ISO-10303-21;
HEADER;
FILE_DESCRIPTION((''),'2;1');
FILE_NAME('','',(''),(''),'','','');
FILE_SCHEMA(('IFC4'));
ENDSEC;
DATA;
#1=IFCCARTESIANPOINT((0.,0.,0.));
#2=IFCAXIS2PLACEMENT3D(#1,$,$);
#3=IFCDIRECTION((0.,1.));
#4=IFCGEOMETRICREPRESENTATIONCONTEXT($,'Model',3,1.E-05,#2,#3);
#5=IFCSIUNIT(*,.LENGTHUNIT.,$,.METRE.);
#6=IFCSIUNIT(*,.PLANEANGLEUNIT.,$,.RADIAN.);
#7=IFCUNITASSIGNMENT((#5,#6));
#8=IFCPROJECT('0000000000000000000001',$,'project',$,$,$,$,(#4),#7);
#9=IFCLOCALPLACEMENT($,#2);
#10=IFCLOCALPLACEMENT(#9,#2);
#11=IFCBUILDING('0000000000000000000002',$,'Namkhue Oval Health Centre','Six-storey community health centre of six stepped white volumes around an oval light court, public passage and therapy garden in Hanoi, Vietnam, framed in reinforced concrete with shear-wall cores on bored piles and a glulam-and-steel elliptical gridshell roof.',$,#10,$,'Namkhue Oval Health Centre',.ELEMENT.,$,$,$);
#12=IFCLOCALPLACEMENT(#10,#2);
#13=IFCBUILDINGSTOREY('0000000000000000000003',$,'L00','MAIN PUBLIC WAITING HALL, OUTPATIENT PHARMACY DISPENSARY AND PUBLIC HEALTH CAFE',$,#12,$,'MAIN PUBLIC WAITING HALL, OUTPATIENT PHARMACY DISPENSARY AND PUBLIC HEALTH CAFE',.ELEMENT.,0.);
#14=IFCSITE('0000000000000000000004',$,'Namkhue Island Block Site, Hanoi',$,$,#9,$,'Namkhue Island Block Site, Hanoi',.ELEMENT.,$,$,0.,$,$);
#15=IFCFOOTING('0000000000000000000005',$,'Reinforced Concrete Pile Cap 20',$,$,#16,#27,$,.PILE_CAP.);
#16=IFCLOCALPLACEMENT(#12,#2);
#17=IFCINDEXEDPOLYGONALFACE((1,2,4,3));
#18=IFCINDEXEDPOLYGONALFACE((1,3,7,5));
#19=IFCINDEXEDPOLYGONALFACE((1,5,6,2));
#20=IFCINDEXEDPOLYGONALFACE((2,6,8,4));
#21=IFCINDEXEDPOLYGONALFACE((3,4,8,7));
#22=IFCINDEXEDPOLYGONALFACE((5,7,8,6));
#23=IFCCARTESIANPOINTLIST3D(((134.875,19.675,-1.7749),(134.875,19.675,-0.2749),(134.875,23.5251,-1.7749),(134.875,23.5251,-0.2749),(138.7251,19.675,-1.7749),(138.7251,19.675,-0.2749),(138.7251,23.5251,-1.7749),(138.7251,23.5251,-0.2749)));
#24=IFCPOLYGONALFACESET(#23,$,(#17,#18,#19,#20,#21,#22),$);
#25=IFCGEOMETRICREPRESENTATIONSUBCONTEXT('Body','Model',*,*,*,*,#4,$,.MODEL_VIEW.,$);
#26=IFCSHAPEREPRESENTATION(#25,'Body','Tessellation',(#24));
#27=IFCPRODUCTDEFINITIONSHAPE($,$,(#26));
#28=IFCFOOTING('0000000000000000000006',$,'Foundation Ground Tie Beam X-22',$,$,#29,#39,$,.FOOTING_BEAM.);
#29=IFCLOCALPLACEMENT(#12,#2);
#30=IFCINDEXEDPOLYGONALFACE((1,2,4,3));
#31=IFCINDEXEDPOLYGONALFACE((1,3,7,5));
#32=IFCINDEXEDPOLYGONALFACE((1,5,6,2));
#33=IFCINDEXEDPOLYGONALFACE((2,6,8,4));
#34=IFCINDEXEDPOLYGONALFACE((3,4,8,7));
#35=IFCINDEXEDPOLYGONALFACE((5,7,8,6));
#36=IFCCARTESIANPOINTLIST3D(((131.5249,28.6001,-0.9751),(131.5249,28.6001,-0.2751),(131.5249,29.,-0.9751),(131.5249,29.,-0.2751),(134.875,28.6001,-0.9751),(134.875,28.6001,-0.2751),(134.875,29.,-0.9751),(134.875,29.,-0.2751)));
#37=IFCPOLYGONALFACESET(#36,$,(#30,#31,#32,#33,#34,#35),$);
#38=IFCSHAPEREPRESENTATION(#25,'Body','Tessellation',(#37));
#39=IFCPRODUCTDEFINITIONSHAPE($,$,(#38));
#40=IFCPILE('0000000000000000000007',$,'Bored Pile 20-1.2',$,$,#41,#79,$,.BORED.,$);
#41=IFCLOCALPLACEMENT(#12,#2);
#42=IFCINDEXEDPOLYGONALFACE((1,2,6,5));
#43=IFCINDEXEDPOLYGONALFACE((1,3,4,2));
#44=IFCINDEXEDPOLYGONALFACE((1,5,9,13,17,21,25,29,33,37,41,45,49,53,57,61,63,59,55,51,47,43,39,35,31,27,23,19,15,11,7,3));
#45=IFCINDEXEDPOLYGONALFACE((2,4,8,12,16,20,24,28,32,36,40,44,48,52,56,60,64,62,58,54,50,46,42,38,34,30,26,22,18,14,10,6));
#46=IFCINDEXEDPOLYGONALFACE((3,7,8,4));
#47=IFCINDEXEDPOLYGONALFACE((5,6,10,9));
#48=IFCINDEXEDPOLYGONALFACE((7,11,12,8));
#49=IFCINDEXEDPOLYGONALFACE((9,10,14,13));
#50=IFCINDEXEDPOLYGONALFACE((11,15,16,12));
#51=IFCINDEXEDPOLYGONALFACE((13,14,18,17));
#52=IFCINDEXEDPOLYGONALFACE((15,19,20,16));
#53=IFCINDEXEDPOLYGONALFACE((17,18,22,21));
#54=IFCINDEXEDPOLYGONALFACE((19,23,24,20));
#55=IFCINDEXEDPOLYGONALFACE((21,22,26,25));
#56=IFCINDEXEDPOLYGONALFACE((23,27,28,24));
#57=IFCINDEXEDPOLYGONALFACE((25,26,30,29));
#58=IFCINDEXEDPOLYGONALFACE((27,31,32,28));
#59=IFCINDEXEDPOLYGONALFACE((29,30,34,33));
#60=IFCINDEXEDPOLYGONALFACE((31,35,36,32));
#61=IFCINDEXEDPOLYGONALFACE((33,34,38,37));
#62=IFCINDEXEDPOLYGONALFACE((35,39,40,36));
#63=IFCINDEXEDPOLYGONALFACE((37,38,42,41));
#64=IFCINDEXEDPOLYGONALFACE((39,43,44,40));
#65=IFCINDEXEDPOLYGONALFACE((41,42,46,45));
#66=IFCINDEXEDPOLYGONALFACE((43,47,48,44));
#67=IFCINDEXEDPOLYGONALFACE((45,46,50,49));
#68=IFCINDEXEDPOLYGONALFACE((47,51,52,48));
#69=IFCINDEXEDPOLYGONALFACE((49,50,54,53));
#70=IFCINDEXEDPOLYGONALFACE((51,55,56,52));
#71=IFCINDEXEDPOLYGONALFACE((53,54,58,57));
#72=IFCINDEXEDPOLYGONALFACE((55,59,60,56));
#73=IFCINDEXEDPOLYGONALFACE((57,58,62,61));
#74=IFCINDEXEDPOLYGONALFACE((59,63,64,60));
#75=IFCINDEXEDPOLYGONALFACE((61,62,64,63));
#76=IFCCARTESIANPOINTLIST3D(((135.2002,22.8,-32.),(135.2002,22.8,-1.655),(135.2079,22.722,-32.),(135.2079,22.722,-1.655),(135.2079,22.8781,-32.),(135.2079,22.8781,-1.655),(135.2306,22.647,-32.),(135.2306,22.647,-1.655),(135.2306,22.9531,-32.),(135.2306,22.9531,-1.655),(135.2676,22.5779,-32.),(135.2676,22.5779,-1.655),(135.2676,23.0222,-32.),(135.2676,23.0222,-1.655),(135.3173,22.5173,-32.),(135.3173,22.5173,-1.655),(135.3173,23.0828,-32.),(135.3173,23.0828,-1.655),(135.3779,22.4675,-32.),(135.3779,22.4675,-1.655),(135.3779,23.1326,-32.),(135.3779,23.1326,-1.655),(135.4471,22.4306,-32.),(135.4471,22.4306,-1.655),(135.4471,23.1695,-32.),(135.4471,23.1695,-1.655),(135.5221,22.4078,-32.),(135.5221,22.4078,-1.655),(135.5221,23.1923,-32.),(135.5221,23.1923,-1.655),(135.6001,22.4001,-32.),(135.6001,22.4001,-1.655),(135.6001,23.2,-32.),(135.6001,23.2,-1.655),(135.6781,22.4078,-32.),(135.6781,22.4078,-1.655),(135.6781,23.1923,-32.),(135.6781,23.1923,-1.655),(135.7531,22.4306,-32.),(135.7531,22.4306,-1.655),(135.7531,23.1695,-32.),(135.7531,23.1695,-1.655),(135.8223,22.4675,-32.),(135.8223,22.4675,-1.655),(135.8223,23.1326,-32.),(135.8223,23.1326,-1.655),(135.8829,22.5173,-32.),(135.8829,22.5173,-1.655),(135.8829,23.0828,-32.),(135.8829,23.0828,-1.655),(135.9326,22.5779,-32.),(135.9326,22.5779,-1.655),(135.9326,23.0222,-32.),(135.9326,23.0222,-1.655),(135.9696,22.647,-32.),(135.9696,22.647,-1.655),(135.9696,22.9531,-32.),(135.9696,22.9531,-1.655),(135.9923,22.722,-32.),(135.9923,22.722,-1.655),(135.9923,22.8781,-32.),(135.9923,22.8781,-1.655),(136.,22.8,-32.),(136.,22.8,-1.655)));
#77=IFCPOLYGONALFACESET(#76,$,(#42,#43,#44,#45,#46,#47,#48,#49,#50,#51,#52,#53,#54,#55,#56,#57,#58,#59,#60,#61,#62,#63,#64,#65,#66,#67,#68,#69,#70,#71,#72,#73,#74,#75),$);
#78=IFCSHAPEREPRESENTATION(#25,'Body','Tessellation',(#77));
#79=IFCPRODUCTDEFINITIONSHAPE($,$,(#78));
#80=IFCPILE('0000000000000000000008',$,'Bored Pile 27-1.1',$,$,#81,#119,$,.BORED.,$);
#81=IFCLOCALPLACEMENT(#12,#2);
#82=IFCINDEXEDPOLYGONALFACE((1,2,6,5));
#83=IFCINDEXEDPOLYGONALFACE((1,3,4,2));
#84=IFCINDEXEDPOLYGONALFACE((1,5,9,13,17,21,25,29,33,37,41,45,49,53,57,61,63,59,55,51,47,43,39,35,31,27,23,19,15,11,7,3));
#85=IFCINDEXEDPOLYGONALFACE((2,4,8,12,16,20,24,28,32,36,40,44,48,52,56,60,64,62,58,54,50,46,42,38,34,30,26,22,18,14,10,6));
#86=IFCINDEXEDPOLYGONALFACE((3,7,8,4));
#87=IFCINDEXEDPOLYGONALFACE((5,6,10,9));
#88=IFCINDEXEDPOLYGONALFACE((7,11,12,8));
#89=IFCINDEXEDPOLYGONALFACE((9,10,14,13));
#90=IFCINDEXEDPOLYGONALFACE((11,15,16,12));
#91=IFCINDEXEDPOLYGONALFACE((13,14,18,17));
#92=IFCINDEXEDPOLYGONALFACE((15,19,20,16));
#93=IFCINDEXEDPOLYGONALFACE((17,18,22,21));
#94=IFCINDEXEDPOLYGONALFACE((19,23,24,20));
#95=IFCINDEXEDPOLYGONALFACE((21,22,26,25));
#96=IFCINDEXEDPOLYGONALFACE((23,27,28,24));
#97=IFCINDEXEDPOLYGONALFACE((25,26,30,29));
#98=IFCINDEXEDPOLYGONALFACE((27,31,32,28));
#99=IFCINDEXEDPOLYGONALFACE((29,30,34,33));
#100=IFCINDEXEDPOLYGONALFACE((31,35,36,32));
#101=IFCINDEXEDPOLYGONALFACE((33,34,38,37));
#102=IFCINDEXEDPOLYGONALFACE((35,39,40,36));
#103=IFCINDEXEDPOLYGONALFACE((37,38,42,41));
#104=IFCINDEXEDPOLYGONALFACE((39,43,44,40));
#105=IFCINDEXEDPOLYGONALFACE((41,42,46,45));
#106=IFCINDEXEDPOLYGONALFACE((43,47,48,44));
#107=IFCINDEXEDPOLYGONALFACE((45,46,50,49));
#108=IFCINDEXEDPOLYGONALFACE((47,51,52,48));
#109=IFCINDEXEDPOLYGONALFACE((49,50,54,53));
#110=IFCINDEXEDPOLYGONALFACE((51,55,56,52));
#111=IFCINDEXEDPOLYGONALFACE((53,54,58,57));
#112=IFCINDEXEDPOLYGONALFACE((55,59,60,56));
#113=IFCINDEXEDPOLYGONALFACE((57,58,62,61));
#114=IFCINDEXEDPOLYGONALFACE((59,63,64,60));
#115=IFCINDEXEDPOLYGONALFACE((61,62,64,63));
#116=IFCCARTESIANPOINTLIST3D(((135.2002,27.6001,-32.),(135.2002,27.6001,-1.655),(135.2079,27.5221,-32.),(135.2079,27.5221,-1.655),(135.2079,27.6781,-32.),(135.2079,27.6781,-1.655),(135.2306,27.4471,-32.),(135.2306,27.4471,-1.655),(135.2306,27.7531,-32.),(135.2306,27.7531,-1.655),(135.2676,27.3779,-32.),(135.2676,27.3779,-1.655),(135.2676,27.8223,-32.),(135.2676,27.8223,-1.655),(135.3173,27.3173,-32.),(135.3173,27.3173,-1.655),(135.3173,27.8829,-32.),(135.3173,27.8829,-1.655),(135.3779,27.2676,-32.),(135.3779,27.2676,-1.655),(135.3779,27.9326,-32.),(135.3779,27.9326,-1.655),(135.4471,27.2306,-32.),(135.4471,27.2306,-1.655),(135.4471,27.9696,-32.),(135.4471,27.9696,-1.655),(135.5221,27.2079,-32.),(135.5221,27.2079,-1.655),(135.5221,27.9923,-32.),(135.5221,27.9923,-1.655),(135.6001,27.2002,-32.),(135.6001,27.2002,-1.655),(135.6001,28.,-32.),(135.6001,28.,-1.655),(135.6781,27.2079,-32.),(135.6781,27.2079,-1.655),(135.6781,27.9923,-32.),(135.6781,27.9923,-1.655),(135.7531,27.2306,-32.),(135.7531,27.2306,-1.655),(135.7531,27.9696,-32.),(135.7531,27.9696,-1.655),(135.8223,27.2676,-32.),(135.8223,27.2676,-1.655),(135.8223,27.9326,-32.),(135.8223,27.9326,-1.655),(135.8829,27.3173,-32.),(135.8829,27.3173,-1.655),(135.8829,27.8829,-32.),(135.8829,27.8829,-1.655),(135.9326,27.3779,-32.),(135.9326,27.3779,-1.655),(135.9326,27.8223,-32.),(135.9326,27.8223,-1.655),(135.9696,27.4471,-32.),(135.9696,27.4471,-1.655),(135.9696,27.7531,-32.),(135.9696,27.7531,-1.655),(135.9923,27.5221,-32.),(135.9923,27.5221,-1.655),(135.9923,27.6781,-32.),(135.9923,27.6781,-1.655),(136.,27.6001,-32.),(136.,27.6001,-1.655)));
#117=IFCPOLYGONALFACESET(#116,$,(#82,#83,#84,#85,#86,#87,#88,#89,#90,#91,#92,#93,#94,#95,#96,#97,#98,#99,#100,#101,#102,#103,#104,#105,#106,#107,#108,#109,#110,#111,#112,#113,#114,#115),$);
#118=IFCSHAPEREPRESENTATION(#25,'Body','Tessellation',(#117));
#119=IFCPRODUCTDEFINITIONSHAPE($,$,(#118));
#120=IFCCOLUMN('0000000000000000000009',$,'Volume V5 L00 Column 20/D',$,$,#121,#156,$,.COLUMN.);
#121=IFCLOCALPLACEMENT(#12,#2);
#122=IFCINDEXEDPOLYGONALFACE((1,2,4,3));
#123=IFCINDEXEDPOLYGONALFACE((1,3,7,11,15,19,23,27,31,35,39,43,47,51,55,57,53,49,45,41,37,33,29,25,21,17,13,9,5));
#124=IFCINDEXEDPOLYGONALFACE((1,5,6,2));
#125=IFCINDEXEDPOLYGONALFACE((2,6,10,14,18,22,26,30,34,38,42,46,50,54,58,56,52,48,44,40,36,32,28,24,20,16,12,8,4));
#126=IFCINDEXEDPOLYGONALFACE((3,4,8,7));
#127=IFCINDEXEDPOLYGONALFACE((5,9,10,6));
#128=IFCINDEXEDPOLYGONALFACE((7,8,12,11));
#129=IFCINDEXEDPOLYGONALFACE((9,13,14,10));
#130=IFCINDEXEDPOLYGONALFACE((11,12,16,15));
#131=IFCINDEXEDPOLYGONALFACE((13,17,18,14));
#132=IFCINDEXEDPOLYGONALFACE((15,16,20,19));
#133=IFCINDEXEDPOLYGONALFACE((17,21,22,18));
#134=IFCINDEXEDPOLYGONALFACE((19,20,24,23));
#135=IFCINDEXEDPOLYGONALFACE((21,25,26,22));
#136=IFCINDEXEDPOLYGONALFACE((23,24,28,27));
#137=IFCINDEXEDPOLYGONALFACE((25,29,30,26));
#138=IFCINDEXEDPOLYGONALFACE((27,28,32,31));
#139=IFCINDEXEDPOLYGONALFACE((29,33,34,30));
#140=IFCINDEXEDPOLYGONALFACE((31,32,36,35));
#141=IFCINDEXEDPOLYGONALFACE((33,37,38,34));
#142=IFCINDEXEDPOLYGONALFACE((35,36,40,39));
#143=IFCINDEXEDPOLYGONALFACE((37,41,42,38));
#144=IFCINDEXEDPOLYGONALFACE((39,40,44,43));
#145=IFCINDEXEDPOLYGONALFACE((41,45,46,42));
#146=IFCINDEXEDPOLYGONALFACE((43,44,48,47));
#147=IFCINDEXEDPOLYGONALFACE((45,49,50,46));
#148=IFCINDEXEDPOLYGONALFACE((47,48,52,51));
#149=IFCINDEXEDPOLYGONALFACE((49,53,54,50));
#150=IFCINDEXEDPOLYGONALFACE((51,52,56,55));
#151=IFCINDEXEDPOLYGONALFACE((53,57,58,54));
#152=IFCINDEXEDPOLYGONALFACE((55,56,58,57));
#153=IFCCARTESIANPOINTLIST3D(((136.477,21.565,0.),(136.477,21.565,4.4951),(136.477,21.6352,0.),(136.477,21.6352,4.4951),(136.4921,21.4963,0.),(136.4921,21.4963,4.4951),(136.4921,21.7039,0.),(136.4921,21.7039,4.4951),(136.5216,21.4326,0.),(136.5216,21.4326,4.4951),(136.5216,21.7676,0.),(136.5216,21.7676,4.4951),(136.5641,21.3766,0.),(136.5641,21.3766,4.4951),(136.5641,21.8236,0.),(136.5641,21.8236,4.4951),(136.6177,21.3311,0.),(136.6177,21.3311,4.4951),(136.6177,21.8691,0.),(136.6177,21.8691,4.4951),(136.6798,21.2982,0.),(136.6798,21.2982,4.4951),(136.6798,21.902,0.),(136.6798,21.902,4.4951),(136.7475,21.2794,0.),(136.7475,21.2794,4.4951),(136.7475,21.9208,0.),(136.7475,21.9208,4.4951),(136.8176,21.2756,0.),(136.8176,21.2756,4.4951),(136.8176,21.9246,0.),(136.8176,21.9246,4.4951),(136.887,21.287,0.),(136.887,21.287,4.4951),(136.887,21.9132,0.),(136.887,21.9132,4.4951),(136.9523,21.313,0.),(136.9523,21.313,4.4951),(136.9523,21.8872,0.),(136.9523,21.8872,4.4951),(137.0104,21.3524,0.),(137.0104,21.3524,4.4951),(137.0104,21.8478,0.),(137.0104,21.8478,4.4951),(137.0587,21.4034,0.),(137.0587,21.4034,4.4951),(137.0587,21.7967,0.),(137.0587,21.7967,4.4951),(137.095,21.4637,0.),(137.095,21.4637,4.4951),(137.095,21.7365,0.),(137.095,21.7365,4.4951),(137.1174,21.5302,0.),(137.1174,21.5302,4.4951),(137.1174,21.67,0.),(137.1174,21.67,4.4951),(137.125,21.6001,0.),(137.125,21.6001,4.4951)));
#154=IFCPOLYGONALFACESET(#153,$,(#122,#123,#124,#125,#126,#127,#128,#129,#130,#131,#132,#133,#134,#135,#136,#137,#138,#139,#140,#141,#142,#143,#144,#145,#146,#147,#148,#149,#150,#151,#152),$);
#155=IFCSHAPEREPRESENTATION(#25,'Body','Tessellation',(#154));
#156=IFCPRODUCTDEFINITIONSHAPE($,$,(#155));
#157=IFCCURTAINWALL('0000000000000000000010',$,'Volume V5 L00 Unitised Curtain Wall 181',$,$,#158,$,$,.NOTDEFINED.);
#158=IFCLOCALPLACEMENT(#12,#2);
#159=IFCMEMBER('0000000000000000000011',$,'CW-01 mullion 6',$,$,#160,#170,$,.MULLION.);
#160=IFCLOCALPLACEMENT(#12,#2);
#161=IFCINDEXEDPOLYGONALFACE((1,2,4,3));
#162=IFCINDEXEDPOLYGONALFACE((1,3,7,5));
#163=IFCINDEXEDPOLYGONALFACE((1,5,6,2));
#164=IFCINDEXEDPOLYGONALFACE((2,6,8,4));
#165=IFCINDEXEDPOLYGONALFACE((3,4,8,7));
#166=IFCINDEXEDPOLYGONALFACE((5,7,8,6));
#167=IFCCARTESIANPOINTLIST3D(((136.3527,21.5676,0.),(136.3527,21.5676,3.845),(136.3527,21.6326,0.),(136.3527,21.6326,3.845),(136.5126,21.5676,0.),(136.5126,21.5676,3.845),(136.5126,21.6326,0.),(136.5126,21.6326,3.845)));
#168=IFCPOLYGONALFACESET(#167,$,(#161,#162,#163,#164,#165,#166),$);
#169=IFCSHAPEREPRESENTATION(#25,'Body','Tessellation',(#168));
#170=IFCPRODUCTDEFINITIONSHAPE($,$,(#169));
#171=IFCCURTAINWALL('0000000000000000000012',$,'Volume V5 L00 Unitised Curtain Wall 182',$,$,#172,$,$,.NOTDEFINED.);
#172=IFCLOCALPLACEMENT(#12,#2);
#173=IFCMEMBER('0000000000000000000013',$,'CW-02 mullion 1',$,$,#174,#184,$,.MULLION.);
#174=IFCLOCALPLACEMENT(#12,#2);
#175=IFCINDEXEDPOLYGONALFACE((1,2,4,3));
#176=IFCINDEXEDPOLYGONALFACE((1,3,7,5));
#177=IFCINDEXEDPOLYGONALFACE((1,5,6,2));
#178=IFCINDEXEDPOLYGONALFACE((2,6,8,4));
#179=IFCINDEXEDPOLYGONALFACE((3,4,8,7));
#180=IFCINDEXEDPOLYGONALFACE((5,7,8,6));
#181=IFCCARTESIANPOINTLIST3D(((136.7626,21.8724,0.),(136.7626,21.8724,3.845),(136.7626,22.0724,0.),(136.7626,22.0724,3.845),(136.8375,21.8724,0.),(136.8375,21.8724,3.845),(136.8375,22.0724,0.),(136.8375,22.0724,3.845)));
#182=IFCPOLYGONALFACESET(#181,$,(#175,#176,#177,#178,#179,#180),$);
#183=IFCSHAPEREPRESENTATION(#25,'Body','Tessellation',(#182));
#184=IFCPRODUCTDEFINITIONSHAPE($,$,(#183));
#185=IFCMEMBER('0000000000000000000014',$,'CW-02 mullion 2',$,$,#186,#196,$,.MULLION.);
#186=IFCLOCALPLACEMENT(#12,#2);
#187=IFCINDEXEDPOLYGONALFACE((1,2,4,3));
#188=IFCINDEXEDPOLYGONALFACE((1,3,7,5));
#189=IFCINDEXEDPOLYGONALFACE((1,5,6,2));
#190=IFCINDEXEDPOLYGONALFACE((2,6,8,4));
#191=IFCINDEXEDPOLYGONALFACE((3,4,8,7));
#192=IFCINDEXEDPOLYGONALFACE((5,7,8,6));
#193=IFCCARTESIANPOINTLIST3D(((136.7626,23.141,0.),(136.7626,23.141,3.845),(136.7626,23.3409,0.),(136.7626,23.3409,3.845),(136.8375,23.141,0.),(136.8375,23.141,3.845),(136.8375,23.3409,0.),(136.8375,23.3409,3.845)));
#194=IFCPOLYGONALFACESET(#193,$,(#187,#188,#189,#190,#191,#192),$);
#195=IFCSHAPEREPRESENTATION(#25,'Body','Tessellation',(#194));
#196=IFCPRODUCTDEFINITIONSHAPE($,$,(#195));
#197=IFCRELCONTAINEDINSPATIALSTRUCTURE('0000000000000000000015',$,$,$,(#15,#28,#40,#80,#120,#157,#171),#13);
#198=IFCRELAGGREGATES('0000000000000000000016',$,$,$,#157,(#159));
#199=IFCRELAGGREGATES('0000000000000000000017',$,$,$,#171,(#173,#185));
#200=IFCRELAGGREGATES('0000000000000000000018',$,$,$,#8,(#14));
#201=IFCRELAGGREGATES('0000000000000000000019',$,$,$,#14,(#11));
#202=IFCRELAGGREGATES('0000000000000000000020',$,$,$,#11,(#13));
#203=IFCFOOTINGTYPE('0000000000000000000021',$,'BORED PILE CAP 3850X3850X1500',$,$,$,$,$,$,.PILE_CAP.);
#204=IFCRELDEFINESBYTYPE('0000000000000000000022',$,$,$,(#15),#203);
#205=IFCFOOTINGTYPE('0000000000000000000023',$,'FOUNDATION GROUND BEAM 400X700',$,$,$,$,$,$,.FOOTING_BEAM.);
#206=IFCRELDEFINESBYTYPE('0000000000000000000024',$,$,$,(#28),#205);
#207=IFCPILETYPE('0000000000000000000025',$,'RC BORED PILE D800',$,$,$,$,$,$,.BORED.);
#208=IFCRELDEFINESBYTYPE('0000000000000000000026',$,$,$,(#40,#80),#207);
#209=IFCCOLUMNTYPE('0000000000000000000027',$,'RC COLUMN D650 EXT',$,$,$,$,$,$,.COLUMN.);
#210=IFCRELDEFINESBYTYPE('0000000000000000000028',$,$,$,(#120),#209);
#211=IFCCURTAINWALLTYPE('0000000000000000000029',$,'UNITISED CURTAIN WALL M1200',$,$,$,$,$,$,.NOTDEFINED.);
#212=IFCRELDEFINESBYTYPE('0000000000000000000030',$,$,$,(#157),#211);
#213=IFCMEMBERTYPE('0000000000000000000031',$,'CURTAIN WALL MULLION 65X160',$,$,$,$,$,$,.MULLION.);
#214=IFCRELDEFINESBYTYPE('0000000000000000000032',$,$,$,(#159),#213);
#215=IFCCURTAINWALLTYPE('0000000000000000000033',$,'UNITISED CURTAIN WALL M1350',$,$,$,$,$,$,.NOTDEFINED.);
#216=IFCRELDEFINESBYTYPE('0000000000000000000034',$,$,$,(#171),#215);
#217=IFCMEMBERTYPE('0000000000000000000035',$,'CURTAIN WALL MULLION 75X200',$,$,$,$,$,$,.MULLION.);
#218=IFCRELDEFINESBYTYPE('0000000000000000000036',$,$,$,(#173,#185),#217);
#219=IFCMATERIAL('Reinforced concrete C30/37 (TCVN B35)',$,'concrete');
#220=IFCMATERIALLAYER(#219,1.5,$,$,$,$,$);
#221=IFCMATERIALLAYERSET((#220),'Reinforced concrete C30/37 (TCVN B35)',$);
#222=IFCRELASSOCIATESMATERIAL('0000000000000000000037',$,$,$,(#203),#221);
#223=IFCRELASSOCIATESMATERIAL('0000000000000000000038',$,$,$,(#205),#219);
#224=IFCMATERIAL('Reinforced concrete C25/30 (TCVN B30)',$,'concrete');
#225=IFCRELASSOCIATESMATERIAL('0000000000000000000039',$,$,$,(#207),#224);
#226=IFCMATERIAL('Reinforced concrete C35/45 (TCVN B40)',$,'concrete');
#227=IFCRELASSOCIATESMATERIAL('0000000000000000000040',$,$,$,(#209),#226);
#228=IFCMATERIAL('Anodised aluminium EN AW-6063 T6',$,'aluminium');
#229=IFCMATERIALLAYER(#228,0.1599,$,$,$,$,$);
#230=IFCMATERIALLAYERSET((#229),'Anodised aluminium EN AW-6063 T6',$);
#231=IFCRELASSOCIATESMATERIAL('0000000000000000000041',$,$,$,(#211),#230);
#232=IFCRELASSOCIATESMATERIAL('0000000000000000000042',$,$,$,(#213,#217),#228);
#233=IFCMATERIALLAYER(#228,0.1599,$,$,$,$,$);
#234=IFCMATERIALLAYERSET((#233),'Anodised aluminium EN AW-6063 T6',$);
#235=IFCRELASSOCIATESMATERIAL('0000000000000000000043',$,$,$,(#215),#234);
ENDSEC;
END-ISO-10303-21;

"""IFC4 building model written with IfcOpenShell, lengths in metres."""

from ifc_helpers import new_model, si_unit, direction, frame, origin, origin_2d, place, context, subcontext, project, spatial, rectangle, circle, extrude, material, layer, layer_set, material_profile, profile_set, type_object, element, aggregate, save


model = new_model("IFC4")

# Units and contexts
model_context = context("Model", 3, precision=1e-05, world=origin(), true_north=direction((0.0, 1.0)))
body_context = subcontext(model_context, "Body", "Model", "MODEL_VIEW")
ifc_project = project(units=[si_unit("LENGTHUNIT", "METRE"), si_unit("PLANEANGLEUNIT", "RADIAN")], contexts=[model_context])

# Site, building, storey
site_placement = place(None, origin())
site = spatial("IfcSite", under=ifc_project, at=site_placement, Name="Namkhue Island Block Site, Hanoi", LongName="Namkhue Island Block Site, Hanoi", CompositionType="ELEMENT", RefElevation=0.0)
building_placement = place(site_placement, origin())
building = spatial("IfcBuilding", under=site, at=building_placement, Name="Namkhue Oval Health Centre", Description="Six-storey community health centre of six stepped white volumes around an oval light court, public passage and therapy garden in Hanoi, Vietnam, framed in reinforced concrete with shear-wall cores on bored piles and a glulam-and-steel elliptical gridshell roof.", LongName="Namkhue Oval Health Centre", CompositionType="ELEMENT")
storey_placement = place(building_placement, origin())
storey = spatial("IfcBuildingStorey", under=building, at=storey_placement, Name="L00", Description="MAIN PUBLIC WAITING HALL, OUTPATIENT PHARMACY DISPENSARY AND PUBLIC HEALTH CAFE", LongName="MAIN PUBLIC WAITING HALL, OUTPATIENT PHARMACY DISPENSARY AND PUBLIC HEALTH CAFE", CompositionType="ELEMENT", Elevation=0.0)

# Footings
ifc_material_1 = material(Name="Reinforced concrete C30/37 (TCVN B35)", Category="concrete")
ifc_layer_1 = layer(ifc_material_1, 1.5)
ifc_layer_set_1 = layer_set([ifc_layer_1], Name="Reinforced concrete C30/37 (TCVN B35)")
footing_type_1 = type_object("IfcFootingType", Name="BORED PILE CAP 3850X3850X1500", PredefinedType="PILE_CAP", material=ifc_layer_set_1)
footing_1_placement = place(storey_placement, frame((136.8, 21.6001, -1.7749), z_axis=(0.0, 0.0, 1.0), x_axis=(1.0, 0.0, 0.0)))
element("IfcFooting", 1, at=footing_1_placement, inside=storey, type_object=footing_type_1, Name="Reinforced Concrete Pile Cap 20", PredefinedType="PILE_CAP", context=body_context, shape_type="SweptSolid", body=[
    extrude(rectangle(XDim=3.8501, YDim=3.8501, at=origin_2d()), origin(), (0.0, 0.0, 1.0), 1.5),
])
footing_type_2 = type_object("IfcFootingType", Name="FOUNDATION GROUND BEAM 400X700", PredefinedType="FOOTING_BEAM", material=ifc_material_1)
footing_2_placement = place(storey_placement, frame((133.2, 28.8, -0.9751), z_axis=(0.0, 0.0, 1.0), x_axis=(1.0, 0.0, 0.0)))
element("IfcFooting", 2, at=footing_2_placement, inside=storey, type_object=footing_type_2, Name="Foundation Ground Tie Beam X-22", PredefinedType="FOOTING_BEAM", context=body_context, shape_type="SweptSolid", body=[
    extrude(rectangle(XDim=3.3501, YDim=0.3999, at=origin_2d()), origin(), (0.0, 0.0, 1.0), 0.7),
])

# Piles
ifc_material_2 = material(Name="Reinforced concrete C25/30 (TCVN B30)", Category="concrete")
ifc_material_profile_1 = material_profile(ifc_material_2, circle(Radius=0.3999, at=origin_2d()), Name="BORED PILE D800")
ifc_profile_set_1 = profile_set([ifc_material_profile_1], Name="Reinforced concrete C25/30 (TCVN B30)")
pile_type = type_object("IfcPileType", Name="RC BORED PILE D800", PredefinedType="BORED", material=ifc_profile_set_1)
for number, where, z_axis, x_axis, name in (
    (3, (135.6001, 22.8, -1.655), (0.0, 0.0, -1.0), (1.0, 0.0, 0.0), "Bored Pile 20-1.2"),
    (4, (135.6001, 27.6001, -1.655), (0.0, 0.0, -1.0), (1.0, 0.0, 0.0), "Bored Pile 27-1.1"),
):
    element("IfcPile", number, at=place(storey_placement, frame(where, z_axis=z_axis, x_axis=x_axis)), inside=storey, type_object=pile_type, Name=name, PredefinedType="BORED", context=body_context, shape_type="SweptSolid", body=[
        extrude(circle(Radius=0.3999, at=origin_2d()), origin(), (0.0, 0.0, 1.0), 30.345),
    ])

# Column
ifc_material_3 = material(Name="Reinforced concrete C35/45 (TCVN B40)", Category="concrete")
ifc_material_profile_2 = material_profile(ifc_material_3, circle(Radius=0.325, at=origin_2d()), Name="RC D650")
ifc_profile_set_2 = profile_set([ifc_material_profile_2], Name="Reinforced concrete C35/45 (TCVN B40)")
column_type = type_object("IfcColumnType", Name="RC COLUMN D650 EXT", PredefinedType="COLUMN", material=ifc_profile_set_2)
column_placement = place(storey_placement, frame((136.8, 21.6001, 0.0), z_axis=(0.0, 0.0, 1.0), x_axis=(1.0, 0.0, 0.0)))
element("IfcColumn", 5, at=column_placement, inside=storey, type_object=column_type, Name="Volume V5 L00 Column 20/D", PredefinedType="COLUMN", context=body_context, shape_type="SweptSolid", body=[
    extrude(circle(Radius=0.325, at=origin_2d()), origin(), (0.0, 0.0, 1.0), 4.4951),
])

# Curtain wall, member
ifc_material_4 = material(Name="Anodised aluminium EN AW-6063 T6", Category="aluminium")
ifc_layer_2 = layer(ifc_material_4, 0.1599)
ifc_layer_set_2 = layer_set([ifc_layer_2], Name="Anodised aluminium EN AW-6063 T6")
curtain_wall_type_1 = type_object("IfcCurtainWallType", Name="UNITISED CURTAIN WALL M1200", PredefinedType="NOTDEFINED", material=ifc_layer_set_2)
curtain_wall_1_placement = place(storey_placement, origin())
curtain_wall_1 = element("IfcCurtainWall", 6, at=curtain_wall_1_placement, inside=storey, type_object=curtain_wall_type_1, Name="Volume V5 L00 Unitised Curtain Wall 181", PredefinedType="NOTDEFINED")
ifc_material_profile_3 = material_profile(ifc_material_4, rectangle(XDim=0.0649, YDim=0.1599, at=origin_2d()), Name="ALU 65x160")
ifc_profile_set_3 = profile_set([ifc_material_profile_3], Name="Anodised aluminium EN AW-6063 T6")
member_type_1 = type_object("IfcMemberType", Name="CURTAIN WALL MULLION 65X160", PredefinedType="MULLION", material=ifc_profile_set_3)
member_1_placement = place(storey_placement, frame((136.4326, 21.6001, 0.0), z_axis=(0.0, 0.0, 1.0), x_axis=(0.0, 1.0, 0.0)))
member_1 = element("IfcMember", 7, at=member_1_placement, type_object=member_type_1, Name="CW-01 mullion 6", PredefinedType="MULLION", context=body_context, shape_type="SweptSolid", body=[
    extrude(rectangle(XDim=0.0649, YDim=0.1599, at=origin_2d()), origin(), (0.0, 0.0, 1.0), 3.845),
])

# Curtain wall, members
ifc_layer_3 = layer(ifc_material_4, 0.1599)
ifc_layer_set_3 = layer_set([ifc_layer_3], Name="Anodised aluminium EN AW-6063 T6")
curtain_wall_type_2 = type_object("IfcCurtainWallType", Name="UNITISED CURTAIN WALL M1350", PredefinedType="NOTDEFINED", material=ifc_layer_set_3)
curtain_wall_2_placement = place(storey_placement, origin())
curtain_wall_2 = element("IfcCurtainWall", 8, at=curtain_wall_2_placement, inside=storey, type_object=curtain_wall_type_2, Name="Volume V5 L00 Unitised Curtain Wall 182", PredefinedType="NOTDEFINED")
ifc_material_profile_4 = material_profile(ifc_material_4, rectangle(XDim=0.075, YDim=0.2, at=origin_2d()), Name="ALU 75x200")
ifc_profile_set_4 = profile_set([ifc_material_profile_4], Name="Anodised aluminium EN AW-6063 T6")
member_type_2 = type_object("IfcMemberType", Name="CURTAIN WALL MULLION 75X200", PredefinedType="MULLION", material=ifc_profile_set_4)
member_2_placement = place(storey_placement, frame((136.8, 21.9724, 0.0), z_axis=(0.0, 0.0, 1.0), x_axis=(-1.0, 0.0, 0.0)))
member_2 = element("IfcMember", 9, at=member_2_placement, type_object=member_type_2, Name="CW-02 mullion 1", PredefinedType="MULLION", context=body_context, shape_type="SweptSolid", body=[
    extrude(rectangle(XDim=0.075, YDim=0.2, at=origin_2d()), origin(), (0.0, 0.0, 1.0), 3.845),
])
member_3_placement = place(storey_placement, frame((136.8, 23.241, 0.0), z_axis=(0.0, 0.0, 1.0), x_axis=(-1.0, 0.0, 0.0)))
member_3 = element("IfcMember", 10, at=member_3_placement, type_object=member_type_2, Name="CW-02 mullion 2", PredefinedType="MULLION", context=body_context, shape_type="SweptSolid", body=[
    extrude(rectangle(XDim=0.075, YDim=0.2, at=origin_2d()), origin(), (0.0, 0.0, 1.0), 3.845),
])

aggregate(curtain_wall_1, [member_1])
aggregate(curtain_wall_2, [member_2, member_3])

save(model, "model.ifc")
